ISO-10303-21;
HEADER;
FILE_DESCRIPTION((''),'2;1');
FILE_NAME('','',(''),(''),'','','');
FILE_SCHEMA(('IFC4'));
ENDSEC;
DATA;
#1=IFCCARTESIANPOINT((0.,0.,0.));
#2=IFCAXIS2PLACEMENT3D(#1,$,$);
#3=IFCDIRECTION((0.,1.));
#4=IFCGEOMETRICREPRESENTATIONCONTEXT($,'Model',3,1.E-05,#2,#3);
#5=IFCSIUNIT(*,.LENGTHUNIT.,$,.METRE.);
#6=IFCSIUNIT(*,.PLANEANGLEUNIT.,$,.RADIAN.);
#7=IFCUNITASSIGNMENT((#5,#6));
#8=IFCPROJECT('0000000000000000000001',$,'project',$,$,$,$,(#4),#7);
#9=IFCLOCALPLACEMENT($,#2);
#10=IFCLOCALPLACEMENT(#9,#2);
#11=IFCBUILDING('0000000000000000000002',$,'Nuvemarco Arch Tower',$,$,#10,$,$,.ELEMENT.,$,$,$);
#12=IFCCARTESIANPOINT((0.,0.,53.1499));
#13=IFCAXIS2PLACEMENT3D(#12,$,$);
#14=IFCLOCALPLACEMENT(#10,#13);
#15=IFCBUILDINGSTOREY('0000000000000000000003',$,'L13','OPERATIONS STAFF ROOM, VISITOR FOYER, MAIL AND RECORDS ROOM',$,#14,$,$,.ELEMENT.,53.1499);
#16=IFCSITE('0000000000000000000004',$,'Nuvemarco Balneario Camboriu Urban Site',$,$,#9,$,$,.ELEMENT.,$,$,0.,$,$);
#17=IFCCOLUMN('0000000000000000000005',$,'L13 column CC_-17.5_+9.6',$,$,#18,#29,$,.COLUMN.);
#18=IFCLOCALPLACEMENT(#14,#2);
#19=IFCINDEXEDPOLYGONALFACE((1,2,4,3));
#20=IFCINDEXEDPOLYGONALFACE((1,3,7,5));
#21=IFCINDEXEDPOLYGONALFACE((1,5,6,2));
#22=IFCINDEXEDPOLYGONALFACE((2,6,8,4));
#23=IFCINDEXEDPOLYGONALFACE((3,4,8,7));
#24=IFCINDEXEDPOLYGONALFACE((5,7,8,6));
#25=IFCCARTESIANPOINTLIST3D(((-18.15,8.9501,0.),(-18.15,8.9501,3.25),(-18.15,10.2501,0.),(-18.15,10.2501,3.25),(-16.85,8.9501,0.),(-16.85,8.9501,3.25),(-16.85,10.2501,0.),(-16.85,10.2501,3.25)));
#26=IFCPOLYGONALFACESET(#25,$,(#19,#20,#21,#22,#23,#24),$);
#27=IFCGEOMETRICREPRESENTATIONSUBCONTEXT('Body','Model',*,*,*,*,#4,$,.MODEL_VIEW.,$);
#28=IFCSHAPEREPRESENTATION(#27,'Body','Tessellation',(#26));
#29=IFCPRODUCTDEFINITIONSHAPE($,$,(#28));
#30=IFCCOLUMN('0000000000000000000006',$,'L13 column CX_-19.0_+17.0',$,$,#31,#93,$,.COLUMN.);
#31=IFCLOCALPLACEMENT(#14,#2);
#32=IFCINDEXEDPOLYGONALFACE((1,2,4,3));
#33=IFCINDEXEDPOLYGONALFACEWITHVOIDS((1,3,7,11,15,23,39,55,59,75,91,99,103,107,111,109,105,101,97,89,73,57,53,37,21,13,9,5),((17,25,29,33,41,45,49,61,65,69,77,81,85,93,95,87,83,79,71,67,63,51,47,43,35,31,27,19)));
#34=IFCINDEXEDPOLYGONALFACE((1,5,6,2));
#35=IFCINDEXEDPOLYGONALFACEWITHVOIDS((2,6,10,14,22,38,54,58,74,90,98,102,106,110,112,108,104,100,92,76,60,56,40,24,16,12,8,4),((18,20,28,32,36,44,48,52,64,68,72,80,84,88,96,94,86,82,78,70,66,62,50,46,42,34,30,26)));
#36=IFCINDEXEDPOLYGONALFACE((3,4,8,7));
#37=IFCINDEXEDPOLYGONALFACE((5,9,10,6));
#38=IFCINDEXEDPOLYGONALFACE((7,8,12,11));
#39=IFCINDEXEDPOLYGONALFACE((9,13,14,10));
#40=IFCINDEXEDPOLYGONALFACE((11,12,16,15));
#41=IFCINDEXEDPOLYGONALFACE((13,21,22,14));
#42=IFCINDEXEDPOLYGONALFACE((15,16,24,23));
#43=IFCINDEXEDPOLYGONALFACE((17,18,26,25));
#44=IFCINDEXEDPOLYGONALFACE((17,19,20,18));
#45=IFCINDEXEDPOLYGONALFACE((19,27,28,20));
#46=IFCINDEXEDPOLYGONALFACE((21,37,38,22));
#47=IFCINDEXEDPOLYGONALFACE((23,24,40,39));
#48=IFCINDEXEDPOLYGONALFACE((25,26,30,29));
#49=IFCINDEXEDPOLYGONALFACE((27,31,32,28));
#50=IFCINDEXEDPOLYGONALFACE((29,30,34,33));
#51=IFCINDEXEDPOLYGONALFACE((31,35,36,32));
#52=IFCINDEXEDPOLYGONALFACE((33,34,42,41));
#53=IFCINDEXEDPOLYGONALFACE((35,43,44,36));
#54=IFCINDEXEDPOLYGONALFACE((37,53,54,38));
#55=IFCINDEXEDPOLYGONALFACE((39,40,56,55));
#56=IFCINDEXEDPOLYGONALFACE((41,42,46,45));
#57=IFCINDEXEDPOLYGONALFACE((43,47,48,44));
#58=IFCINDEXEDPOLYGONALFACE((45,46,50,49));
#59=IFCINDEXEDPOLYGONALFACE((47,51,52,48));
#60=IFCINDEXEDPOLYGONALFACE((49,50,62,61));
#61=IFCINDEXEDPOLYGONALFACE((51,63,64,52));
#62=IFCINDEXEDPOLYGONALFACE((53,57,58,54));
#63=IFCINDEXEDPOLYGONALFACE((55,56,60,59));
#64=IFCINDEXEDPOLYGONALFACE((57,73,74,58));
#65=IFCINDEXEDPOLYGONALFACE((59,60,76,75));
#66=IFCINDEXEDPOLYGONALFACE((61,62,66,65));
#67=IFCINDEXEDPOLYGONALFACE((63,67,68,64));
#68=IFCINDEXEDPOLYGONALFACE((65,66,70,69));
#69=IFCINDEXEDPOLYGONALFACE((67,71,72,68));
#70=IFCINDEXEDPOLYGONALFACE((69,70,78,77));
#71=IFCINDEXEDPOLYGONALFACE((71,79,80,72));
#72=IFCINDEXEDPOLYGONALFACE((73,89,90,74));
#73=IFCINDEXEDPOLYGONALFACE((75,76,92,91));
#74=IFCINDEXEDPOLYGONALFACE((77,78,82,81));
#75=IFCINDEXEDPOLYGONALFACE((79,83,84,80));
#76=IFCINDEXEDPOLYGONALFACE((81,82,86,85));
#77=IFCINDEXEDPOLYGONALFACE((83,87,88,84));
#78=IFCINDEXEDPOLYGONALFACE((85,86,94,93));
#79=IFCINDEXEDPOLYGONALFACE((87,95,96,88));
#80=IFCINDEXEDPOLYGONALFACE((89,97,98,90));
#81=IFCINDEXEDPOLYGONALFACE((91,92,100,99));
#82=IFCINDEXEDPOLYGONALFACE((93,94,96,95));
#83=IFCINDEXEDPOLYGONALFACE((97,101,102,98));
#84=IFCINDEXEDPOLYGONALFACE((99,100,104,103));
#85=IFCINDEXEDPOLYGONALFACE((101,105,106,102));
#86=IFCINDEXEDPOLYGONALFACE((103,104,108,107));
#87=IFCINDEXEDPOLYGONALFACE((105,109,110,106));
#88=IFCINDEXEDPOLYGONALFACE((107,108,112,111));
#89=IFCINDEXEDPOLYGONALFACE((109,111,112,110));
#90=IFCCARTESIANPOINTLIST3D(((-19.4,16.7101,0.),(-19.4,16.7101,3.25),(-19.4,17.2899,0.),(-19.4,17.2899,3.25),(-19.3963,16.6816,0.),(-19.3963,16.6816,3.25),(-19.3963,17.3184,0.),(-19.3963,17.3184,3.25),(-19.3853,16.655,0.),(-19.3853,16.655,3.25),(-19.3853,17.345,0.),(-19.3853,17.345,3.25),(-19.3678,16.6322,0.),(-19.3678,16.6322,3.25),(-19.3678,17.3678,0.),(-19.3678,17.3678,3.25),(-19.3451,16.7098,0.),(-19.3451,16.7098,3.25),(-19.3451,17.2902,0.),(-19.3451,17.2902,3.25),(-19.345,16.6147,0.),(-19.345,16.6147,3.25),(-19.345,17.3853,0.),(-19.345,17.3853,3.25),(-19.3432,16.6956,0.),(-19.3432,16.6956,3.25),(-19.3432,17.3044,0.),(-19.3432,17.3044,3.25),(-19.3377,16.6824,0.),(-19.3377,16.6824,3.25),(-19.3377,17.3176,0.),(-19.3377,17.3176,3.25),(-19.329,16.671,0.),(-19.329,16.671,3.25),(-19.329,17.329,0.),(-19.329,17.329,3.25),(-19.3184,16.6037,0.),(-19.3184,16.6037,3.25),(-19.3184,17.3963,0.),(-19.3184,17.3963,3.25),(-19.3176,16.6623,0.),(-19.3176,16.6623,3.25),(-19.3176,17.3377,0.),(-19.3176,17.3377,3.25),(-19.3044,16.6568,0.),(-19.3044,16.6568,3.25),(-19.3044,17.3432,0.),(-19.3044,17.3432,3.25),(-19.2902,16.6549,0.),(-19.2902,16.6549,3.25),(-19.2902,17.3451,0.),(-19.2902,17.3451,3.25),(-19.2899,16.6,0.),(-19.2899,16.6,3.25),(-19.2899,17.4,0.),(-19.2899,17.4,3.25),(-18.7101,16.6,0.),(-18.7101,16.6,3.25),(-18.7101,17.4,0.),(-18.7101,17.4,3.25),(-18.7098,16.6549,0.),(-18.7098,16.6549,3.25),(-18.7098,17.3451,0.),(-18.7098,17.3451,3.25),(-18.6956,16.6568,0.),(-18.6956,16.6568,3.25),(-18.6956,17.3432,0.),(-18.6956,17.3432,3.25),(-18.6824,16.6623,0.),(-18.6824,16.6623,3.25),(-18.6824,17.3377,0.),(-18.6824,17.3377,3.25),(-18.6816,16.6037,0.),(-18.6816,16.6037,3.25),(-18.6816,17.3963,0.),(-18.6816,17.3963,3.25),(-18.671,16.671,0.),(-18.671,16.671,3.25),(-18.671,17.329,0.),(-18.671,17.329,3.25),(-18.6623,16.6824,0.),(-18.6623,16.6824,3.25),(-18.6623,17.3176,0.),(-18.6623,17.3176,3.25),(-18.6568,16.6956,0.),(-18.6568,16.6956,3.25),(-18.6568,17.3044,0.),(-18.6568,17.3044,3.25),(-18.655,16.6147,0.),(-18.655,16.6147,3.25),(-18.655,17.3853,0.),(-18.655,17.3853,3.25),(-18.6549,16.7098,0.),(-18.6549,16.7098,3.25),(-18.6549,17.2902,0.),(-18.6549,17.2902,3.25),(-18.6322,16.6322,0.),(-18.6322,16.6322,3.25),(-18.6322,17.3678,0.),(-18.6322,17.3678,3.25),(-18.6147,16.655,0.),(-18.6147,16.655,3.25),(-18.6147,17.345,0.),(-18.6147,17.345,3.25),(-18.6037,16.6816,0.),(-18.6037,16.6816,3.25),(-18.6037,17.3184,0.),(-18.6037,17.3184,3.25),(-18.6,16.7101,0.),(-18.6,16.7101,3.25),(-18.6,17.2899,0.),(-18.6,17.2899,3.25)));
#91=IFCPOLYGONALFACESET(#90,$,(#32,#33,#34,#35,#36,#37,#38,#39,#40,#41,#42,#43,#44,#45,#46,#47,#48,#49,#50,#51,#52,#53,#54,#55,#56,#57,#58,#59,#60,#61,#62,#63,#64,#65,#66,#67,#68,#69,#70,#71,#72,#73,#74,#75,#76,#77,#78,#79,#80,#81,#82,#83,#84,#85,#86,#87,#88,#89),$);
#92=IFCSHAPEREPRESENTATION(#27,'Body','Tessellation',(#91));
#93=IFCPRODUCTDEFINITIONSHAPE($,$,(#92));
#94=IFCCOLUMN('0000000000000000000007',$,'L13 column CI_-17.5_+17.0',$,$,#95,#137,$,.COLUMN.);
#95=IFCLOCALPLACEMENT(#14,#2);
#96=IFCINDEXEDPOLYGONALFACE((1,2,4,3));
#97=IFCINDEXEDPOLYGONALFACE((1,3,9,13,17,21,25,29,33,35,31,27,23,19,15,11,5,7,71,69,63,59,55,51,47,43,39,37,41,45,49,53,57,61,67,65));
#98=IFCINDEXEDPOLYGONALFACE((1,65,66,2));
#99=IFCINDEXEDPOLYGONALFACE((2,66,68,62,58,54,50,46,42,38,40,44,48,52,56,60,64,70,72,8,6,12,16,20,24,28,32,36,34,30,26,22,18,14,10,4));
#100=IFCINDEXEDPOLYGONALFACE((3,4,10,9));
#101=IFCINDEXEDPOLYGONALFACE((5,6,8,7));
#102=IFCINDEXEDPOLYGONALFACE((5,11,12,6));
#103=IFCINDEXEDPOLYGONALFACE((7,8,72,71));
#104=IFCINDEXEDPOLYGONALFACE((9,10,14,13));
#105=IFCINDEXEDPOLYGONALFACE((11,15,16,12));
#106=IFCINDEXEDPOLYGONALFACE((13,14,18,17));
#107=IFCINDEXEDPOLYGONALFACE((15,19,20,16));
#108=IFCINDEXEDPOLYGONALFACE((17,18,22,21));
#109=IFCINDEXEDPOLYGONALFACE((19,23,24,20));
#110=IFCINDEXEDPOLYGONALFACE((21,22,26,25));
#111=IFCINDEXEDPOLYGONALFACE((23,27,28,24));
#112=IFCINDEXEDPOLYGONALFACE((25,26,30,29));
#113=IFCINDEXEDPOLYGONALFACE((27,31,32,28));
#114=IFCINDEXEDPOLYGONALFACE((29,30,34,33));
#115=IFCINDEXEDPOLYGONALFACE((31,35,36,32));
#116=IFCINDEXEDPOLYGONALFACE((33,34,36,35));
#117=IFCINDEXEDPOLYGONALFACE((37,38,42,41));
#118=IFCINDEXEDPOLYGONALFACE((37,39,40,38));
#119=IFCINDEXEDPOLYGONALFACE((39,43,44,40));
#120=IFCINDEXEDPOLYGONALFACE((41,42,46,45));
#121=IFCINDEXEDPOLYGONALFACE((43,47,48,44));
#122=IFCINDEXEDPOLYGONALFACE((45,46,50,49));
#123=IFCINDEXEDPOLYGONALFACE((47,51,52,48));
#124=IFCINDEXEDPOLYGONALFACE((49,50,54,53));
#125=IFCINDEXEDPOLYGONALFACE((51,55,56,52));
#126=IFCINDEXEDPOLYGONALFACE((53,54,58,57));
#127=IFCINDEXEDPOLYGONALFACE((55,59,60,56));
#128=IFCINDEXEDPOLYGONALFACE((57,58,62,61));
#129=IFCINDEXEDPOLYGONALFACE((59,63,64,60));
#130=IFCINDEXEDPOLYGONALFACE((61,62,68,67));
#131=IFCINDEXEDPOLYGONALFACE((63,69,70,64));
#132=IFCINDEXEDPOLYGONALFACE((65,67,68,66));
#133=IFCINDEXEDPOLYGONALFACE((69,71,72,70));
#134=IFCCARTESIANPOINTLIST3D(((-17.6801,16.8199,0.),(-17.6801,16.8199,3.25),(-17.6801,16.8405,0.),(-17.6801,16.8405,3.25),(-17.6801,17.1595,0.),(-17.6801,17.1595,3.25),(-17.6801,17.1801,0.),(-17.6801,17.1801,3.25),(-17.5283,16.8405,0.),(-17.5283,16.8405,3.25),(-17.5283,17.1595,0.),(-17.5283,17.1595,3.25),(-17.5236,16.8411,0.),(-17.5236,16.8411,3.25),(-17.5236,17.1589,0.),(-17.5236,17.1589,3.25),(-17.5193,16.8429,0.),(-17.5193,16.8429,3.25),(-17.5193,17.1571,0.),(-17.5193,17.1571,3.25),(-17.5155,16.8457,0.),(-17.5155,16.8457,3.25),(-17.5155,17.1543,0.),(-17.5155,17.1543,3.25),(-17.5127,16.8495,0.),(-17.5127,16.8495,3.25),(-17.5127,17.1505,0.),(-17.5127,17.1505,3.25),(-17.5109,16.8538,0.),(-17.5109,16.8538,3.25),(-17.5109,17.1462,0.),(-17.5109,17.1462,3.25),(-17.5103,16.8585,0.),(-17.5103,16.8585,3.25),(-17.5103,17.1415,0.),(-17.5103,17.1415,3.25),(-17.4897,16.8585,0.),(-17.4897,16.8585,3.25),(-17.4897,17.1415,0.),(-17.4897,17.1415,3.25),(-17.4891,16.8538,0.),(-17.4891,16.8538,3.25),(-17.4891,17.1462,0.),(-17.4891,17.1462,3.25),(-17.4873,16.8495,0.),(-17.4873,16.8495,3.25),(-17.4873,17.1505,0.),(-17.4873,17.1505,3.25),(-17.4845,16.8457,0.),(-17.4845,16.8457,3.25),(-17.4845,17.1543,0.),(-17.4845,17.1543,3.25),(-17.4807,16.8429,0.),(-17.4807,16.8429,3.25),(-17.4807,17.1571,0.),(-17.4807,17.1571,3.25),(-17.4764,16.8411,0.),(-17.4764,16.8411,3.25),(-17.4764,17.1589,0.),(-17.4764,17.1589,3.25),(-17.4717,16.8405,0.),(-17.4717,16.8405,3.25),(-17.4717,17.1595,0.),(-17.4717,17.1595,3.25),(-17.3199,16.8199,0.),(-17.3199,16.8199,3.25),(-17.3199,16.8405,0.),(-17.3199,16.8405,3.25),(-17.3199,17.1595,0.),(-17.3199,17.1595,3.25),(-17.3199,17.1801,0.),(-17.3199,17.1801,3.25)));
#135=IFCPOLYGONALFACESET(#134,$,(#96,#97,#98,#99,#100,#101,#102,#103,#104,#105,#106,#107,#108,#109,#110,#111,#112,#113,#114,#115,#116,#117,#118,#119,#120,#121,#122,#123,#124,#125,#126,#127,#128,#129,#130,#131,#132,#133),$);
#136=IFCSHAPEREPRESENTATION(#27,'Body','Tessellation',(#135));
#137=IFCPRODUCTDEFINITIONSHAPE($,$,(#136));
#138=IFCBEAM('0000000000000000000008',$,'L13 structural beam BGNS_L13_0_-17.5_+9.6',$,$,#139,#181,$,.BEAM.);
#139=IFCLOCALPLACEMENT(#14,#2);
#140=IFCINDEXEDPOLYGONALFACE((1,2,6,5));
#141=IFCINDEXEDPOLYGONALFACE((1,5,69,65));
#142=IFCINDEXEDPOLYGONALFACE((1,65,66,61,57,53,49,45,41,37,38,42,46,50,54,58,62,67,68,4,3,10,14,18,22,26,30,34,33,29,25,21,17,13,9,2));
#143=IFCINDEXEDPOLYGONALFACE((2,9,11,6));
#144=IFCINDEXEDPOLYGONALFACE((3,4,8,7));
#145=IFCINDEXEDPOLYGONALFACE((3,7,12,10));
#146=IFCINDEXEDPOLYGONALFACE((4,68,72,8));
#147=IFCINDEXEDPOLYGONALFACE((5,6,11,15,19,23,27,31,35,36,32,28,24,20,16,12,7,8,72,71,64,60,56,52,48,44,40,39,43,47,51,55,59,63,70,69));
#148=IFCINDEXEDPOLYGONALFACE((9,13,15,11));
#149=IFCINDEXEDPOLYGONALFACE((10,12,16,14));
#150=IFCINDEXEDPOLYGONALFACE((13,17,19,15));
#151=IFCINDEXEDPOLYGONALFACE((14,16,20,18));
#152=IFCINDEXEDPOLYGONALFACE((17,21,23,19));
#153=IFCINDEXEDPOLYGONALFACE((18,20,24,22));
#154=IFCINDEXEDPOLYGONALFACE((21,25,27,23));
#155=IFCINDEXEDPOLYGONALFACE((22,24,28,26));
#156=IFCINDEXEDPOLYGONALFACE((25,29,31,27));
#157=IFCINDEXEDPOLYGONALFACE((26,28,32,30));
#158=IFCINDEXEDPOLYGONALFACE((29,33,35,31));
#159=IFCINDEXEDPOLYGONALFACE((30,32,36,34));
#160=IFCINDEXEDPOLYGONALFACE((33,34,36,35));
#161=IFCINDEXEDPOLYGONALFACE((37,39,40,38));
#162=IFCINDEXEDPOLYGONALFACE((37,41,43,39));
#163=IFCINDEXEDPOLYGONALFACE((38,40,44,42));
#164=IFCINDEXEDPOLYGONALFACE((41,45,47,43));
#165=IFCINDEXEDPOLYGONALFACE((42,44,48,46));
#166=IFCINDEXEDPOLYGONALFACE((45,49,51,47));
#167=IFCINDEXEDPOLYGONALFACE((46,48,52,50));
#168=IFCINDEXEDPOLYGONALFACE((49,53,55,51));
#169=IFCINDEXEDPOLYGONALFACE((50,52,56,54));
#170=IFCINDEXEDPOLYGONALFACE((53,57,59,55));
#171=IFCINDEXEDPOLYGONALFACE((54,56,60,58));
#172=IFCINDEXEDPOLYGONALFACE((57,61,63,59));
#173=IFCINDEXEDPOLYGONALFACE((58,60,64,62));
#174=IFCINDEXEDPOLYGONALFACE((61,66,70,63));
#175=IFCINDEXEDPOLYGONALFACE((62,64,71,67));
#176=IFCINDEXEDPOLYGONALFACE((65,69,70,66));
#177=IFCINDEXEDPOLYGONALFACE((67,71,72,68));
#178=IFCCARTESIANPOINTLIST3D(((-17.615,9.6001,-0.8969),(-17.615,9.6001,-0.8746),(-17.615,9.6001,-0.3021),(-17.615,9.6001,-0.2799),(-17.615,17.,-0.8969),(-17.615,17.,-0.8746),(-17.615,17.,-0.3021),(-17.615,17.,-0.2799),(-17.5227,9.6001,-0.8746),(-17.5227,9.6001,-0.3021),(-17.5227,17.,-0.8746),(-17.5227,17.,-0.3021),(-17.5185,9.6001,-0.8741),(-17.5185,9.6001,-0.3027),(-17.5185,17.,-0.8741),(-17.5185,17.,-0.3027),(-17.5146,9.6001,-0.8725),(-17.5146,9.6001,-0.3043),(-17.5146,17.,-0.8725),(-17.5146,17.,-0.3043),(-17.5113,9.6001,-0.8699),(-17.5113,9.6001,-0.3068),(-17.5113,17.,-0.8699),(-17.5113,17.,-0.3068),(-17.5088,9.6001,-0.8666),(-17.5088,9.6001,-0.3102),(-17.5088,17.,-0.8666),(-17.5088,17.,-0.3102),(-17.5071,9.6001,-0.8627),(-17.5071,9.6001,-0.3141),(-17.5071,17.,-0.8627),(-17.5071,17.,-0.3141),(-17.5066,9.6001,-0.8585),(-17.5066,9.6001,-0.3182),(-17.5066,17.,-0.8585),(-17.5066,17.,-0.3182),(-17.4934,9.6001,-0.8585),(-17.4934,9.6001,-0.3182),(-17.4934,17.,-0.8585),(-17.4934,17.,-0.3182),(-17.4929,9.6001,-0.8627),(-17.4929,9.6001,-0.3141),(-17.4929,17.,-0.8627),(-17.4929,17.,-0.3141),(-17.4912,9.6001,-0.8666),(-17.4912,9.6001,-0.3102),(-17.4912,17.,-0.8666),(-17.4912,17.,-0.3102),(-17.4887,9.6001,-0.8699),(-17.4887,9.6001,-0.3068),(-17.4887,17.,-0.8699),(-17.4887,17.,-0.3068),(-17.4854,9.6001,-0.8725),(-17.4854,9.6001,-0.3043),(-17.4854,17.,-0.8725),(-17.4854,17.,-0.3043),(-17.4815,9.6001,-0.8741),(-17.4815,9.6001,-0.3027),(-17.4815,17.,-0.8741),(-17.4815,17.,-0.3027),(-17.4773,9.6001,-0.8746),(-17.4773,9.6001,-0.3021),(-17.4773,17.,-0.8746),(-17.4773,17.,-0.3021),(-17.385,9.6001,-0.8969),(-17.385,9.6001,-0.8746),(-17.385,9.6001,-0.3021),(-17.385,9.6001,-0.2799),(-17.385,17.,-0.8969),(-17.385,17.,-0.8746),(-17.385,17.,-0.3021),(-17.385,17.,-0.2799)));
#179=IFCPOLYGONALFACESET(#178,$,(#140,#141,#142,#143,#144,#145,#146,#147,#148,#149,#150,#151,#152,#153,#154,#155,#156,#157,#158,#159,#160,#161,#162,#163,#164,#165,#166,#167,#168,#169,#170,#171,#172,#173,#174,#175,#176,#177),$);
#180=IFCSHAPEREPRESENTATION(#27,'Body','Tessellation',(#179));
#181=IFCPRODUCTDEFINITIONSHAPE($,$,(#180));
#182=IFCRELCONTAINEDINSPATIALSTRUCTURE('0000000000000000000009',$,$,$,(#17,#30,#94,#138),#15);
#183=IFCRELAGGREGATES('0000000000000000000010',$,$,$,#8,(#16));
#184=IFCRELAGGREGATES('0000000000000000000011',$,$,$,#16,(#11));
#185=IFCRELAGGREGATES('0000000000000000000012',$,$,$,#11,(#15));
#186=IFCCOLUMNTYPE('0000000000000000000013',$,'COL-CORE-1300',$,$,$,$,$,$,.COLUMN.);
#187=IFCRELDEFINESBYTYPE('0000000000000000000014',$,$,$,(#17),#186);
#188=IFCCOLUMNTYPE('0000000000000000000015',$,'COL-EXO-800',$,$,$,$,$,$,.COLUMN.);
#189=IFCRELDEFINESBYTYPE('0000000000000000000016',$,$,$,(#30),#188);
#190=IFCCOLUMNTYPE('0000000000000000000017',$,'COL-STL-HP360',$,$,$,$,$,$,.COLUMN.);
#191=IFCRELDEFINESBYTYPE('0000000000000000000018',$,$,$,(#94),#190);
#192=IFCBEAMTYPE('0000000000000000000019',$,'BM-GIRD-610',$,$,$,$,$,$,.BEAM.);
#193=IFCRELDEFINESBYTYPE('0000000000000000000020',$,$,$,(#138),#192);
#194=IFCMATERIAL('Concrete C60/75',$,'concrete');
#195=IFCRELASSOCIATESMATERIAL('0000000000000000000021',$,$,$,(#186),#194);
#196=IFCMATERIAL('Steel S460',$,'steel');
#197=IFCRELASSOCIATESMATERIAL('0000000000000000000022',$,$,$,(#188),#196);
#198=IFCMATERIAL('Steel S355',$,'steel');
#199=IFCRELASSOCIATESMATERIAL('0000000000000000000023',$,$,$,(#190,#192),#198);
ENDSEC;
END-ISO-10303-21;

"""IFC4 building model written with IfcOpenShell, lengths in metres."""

from ifc_helpers import new_model, si_unit, direction, frame, origin, origin_2d, place, context, subcontext, project, spatial, rectangle, hollow_rectangle, i_section, extrude, material, material_profile, profile_set, type_object, element, save


model = new_model("IFC4")

# Units and contexts
model_context = context("Model", 3, precision=1e-05, world=origin(), true_north=direction((0.0, 1.0)))
body_context = subcontext(model_context, "Body", "Model", "MODEL_VIEW")
ifc_project = project(units=[si_unit("LENGTHUNIT", "METRE"), si_unit("PLANEANGLEUNIT", "RADIAN")], contexts=[model_context])

# Site, building, storey
site_placement = place(None, origin())
site = spatial("IfcSite", under=ifc_project, at=site_placement, Name="Nuvemarco Balneario Camboriu Urban Site", CompositionType="ELEMENT", RefElevation=0.0)
building_placement = place(site_placement, origin())
building = spatial("IfcBuilding", under=site, at=building_placement, Name="Nuvemarco Arch Tower", CompositionType="ELEMENT")
storey_placement = place(building_placement, frame((0.0, 0.0, 53.1499)))
storey = spatial("IfcBuildingStorey", under=building, at=storey_placement, Name="L13", Description="OPERATIONS STAFF ROOM, VISITOR FOYER, MAIL AND RECORDS ROOM", CompositionType="ELEMENT", Elevation=53.1499)

# Columns
ifc_material_1 = material(Name="Concrete C60/75", Category="concrete")
ifc_material_profile_1 = material_profile(ifc_material_1, rectangle(XDim=1.3, YDim=1.3, at=origin_2d()), Name="RC-COL-1300x1300")
ifc_profile_set_1 = profile_set([ifc_material_profile_1], Name="Concrete C60/75")
column_type_1 = type_object("IfcColumnType", Name="COL-CORE-1300", PredefinedType="COLUMN", material=ifc_profile_set_1)
column_1_placement = place(storey_placement, frame((-17.5, 9.6001, 0.0), z_axis=(0.0, 0.0, 1.0), x_axis=(1.0, 0.0, 0.0)))
element("IfcColumn", 1, at=column_1_placement, inside=storey, type_object=column_type_1, Name="L13 column CC_-17.5_+9.6", PredefinedType="COLUMN", context=body_context, shape_type="SweptSolid", body=[
    extrude(rectangle(XDim=1.3, YDim=1.3, at=origin_2d()), origin(), (0.0, 0.0, 1.0), 3.25),
])
ifc_material_2 = material(Name="Steel S460", Category="steel")
ifc_material_profile_2 = material_profile(ifc_material_2, hollow_rectangle(XDim=0.8, YDim=0.8, WallThickness=0.0549, InnerFilletRadius=0.0549, OuterFilletRadius=0.1101, at=origin_2d()), Name="SHS800x800x55")
ifc_profile_set_2 = profile_set([ifc_material_profile_2], Name="Steel S460")
column_type_2 = type_object("IfcColumnType", Name="COL-EXO-800", PredefinedType="COLUMN", material=ifc_profile_set_2)
column_2_placement = place(storey_placement, frame((-19.0, 17.0, 0.0), z_axis=(0.0, 0.0, 1.0), x_axis=(1.0, 0.0, 0.0)))
element("IfcColumn", 2, at=column_2_placement, inside=storey, type_object=column_type_2, Name="L13 column CX_-19.0_+17.0", PredefinedType="COLUMN", context=body_context, shape_type="SweptSolid", body=[
    extrude(hollow_rectangle(XDim=0.8, YDim=0.8, WallThickness=0.0549, InnerFilletRadius=0.0549, OuterFilletRadius=0.1101, at=origin_2d()), origin(), (0.0, 0.0, 1.0), 3.25),
])
ifc_material_3 = material(Name="Steel S355", Category="steel")
ifc_material_profile_3 = material_profile(ifc_material_3, i_section(OverallWidth=0.3601, OverallDepth=0.3601, WebThickness=0.0205, FlangeThickness=0.0205, FilletRadius=0.0181, at=origin_2d()), Name="HP360x174")
ifc_profile_set_3 = profile_set([ifc_material_profile_3], Name="Steel S355")
column_type_3 = type_object("IfcColumnType", Name="COL-STL-HP360", PredefinedType="COLUMN", material=ifc_profile_set_3)
column_3_placement = place(storey_placement, frame((-17.5, 17.0, 0.0), z_axis=(0.0, 0.0, 1.0), x_axis=(1.0, 0.0, 0.0)))
element("IfcColumn", 3, at=column_3_placement, inside=storey, type_object=column_type_3, Name="L13 column CI_-17.5_+17.0", PredefinedType="COLUMN", context=body_context, shape_type="SweptSolid", body=[
    extrude(i_section(OverallWidth=0.3601, OverallDepth=0.3601, WebThickness=0.0205, FlangeThickness=0.0205, FilletRadius=0.0181, at=origin_2d()), origin(), (0.0, 0.0, 1.0), 3.25),
])

# Beam
ifc_material_profile_4 = material_profile(ifc_material_3, i_section(OverallWidth=0.23, OverallDepth=0.6169, WebThickness=0.0132, FlangeThickness=0.0222, FilletRadius=0.0161, at=origin_2d()), Name="W610x140")
ifc_profile_set_4 = profile_set([ifc_material_profile_4], Name="Steel S355")
beam_type_1 = type_object("IfcBeamType", Name="BM-GIRD-610", PredefinedType="BEAM", material=ifc_profile_set_4)
beam_1_placement = place(storey_placement, frame((-17.5, 9.6001, -0.5884), z_axis=(0.0, 1.0, 0.0), x_axis=(-1.0, 0.0, 0.0)))
element("IfcBeam", 4, at=beam_1_placement, inside=storey, type_object=beam_type_1, Name="L13 structural beam BGNS_L13_0_-17.5_+9.6", PredefinedType="BEAM", context=body_context, shape_type="SweptSolid", body=[
    extrude(i_section(OverallWidth=0.23, OverallDepth=0.6169, WebThickness=0.0132, FlangeThickness=0.0222, FilletRadius=0.0161, at=origin_2d()), origin(), (0.0, 0.0, 1.0), 7.3999),
])

save(model, "model.ifc")
